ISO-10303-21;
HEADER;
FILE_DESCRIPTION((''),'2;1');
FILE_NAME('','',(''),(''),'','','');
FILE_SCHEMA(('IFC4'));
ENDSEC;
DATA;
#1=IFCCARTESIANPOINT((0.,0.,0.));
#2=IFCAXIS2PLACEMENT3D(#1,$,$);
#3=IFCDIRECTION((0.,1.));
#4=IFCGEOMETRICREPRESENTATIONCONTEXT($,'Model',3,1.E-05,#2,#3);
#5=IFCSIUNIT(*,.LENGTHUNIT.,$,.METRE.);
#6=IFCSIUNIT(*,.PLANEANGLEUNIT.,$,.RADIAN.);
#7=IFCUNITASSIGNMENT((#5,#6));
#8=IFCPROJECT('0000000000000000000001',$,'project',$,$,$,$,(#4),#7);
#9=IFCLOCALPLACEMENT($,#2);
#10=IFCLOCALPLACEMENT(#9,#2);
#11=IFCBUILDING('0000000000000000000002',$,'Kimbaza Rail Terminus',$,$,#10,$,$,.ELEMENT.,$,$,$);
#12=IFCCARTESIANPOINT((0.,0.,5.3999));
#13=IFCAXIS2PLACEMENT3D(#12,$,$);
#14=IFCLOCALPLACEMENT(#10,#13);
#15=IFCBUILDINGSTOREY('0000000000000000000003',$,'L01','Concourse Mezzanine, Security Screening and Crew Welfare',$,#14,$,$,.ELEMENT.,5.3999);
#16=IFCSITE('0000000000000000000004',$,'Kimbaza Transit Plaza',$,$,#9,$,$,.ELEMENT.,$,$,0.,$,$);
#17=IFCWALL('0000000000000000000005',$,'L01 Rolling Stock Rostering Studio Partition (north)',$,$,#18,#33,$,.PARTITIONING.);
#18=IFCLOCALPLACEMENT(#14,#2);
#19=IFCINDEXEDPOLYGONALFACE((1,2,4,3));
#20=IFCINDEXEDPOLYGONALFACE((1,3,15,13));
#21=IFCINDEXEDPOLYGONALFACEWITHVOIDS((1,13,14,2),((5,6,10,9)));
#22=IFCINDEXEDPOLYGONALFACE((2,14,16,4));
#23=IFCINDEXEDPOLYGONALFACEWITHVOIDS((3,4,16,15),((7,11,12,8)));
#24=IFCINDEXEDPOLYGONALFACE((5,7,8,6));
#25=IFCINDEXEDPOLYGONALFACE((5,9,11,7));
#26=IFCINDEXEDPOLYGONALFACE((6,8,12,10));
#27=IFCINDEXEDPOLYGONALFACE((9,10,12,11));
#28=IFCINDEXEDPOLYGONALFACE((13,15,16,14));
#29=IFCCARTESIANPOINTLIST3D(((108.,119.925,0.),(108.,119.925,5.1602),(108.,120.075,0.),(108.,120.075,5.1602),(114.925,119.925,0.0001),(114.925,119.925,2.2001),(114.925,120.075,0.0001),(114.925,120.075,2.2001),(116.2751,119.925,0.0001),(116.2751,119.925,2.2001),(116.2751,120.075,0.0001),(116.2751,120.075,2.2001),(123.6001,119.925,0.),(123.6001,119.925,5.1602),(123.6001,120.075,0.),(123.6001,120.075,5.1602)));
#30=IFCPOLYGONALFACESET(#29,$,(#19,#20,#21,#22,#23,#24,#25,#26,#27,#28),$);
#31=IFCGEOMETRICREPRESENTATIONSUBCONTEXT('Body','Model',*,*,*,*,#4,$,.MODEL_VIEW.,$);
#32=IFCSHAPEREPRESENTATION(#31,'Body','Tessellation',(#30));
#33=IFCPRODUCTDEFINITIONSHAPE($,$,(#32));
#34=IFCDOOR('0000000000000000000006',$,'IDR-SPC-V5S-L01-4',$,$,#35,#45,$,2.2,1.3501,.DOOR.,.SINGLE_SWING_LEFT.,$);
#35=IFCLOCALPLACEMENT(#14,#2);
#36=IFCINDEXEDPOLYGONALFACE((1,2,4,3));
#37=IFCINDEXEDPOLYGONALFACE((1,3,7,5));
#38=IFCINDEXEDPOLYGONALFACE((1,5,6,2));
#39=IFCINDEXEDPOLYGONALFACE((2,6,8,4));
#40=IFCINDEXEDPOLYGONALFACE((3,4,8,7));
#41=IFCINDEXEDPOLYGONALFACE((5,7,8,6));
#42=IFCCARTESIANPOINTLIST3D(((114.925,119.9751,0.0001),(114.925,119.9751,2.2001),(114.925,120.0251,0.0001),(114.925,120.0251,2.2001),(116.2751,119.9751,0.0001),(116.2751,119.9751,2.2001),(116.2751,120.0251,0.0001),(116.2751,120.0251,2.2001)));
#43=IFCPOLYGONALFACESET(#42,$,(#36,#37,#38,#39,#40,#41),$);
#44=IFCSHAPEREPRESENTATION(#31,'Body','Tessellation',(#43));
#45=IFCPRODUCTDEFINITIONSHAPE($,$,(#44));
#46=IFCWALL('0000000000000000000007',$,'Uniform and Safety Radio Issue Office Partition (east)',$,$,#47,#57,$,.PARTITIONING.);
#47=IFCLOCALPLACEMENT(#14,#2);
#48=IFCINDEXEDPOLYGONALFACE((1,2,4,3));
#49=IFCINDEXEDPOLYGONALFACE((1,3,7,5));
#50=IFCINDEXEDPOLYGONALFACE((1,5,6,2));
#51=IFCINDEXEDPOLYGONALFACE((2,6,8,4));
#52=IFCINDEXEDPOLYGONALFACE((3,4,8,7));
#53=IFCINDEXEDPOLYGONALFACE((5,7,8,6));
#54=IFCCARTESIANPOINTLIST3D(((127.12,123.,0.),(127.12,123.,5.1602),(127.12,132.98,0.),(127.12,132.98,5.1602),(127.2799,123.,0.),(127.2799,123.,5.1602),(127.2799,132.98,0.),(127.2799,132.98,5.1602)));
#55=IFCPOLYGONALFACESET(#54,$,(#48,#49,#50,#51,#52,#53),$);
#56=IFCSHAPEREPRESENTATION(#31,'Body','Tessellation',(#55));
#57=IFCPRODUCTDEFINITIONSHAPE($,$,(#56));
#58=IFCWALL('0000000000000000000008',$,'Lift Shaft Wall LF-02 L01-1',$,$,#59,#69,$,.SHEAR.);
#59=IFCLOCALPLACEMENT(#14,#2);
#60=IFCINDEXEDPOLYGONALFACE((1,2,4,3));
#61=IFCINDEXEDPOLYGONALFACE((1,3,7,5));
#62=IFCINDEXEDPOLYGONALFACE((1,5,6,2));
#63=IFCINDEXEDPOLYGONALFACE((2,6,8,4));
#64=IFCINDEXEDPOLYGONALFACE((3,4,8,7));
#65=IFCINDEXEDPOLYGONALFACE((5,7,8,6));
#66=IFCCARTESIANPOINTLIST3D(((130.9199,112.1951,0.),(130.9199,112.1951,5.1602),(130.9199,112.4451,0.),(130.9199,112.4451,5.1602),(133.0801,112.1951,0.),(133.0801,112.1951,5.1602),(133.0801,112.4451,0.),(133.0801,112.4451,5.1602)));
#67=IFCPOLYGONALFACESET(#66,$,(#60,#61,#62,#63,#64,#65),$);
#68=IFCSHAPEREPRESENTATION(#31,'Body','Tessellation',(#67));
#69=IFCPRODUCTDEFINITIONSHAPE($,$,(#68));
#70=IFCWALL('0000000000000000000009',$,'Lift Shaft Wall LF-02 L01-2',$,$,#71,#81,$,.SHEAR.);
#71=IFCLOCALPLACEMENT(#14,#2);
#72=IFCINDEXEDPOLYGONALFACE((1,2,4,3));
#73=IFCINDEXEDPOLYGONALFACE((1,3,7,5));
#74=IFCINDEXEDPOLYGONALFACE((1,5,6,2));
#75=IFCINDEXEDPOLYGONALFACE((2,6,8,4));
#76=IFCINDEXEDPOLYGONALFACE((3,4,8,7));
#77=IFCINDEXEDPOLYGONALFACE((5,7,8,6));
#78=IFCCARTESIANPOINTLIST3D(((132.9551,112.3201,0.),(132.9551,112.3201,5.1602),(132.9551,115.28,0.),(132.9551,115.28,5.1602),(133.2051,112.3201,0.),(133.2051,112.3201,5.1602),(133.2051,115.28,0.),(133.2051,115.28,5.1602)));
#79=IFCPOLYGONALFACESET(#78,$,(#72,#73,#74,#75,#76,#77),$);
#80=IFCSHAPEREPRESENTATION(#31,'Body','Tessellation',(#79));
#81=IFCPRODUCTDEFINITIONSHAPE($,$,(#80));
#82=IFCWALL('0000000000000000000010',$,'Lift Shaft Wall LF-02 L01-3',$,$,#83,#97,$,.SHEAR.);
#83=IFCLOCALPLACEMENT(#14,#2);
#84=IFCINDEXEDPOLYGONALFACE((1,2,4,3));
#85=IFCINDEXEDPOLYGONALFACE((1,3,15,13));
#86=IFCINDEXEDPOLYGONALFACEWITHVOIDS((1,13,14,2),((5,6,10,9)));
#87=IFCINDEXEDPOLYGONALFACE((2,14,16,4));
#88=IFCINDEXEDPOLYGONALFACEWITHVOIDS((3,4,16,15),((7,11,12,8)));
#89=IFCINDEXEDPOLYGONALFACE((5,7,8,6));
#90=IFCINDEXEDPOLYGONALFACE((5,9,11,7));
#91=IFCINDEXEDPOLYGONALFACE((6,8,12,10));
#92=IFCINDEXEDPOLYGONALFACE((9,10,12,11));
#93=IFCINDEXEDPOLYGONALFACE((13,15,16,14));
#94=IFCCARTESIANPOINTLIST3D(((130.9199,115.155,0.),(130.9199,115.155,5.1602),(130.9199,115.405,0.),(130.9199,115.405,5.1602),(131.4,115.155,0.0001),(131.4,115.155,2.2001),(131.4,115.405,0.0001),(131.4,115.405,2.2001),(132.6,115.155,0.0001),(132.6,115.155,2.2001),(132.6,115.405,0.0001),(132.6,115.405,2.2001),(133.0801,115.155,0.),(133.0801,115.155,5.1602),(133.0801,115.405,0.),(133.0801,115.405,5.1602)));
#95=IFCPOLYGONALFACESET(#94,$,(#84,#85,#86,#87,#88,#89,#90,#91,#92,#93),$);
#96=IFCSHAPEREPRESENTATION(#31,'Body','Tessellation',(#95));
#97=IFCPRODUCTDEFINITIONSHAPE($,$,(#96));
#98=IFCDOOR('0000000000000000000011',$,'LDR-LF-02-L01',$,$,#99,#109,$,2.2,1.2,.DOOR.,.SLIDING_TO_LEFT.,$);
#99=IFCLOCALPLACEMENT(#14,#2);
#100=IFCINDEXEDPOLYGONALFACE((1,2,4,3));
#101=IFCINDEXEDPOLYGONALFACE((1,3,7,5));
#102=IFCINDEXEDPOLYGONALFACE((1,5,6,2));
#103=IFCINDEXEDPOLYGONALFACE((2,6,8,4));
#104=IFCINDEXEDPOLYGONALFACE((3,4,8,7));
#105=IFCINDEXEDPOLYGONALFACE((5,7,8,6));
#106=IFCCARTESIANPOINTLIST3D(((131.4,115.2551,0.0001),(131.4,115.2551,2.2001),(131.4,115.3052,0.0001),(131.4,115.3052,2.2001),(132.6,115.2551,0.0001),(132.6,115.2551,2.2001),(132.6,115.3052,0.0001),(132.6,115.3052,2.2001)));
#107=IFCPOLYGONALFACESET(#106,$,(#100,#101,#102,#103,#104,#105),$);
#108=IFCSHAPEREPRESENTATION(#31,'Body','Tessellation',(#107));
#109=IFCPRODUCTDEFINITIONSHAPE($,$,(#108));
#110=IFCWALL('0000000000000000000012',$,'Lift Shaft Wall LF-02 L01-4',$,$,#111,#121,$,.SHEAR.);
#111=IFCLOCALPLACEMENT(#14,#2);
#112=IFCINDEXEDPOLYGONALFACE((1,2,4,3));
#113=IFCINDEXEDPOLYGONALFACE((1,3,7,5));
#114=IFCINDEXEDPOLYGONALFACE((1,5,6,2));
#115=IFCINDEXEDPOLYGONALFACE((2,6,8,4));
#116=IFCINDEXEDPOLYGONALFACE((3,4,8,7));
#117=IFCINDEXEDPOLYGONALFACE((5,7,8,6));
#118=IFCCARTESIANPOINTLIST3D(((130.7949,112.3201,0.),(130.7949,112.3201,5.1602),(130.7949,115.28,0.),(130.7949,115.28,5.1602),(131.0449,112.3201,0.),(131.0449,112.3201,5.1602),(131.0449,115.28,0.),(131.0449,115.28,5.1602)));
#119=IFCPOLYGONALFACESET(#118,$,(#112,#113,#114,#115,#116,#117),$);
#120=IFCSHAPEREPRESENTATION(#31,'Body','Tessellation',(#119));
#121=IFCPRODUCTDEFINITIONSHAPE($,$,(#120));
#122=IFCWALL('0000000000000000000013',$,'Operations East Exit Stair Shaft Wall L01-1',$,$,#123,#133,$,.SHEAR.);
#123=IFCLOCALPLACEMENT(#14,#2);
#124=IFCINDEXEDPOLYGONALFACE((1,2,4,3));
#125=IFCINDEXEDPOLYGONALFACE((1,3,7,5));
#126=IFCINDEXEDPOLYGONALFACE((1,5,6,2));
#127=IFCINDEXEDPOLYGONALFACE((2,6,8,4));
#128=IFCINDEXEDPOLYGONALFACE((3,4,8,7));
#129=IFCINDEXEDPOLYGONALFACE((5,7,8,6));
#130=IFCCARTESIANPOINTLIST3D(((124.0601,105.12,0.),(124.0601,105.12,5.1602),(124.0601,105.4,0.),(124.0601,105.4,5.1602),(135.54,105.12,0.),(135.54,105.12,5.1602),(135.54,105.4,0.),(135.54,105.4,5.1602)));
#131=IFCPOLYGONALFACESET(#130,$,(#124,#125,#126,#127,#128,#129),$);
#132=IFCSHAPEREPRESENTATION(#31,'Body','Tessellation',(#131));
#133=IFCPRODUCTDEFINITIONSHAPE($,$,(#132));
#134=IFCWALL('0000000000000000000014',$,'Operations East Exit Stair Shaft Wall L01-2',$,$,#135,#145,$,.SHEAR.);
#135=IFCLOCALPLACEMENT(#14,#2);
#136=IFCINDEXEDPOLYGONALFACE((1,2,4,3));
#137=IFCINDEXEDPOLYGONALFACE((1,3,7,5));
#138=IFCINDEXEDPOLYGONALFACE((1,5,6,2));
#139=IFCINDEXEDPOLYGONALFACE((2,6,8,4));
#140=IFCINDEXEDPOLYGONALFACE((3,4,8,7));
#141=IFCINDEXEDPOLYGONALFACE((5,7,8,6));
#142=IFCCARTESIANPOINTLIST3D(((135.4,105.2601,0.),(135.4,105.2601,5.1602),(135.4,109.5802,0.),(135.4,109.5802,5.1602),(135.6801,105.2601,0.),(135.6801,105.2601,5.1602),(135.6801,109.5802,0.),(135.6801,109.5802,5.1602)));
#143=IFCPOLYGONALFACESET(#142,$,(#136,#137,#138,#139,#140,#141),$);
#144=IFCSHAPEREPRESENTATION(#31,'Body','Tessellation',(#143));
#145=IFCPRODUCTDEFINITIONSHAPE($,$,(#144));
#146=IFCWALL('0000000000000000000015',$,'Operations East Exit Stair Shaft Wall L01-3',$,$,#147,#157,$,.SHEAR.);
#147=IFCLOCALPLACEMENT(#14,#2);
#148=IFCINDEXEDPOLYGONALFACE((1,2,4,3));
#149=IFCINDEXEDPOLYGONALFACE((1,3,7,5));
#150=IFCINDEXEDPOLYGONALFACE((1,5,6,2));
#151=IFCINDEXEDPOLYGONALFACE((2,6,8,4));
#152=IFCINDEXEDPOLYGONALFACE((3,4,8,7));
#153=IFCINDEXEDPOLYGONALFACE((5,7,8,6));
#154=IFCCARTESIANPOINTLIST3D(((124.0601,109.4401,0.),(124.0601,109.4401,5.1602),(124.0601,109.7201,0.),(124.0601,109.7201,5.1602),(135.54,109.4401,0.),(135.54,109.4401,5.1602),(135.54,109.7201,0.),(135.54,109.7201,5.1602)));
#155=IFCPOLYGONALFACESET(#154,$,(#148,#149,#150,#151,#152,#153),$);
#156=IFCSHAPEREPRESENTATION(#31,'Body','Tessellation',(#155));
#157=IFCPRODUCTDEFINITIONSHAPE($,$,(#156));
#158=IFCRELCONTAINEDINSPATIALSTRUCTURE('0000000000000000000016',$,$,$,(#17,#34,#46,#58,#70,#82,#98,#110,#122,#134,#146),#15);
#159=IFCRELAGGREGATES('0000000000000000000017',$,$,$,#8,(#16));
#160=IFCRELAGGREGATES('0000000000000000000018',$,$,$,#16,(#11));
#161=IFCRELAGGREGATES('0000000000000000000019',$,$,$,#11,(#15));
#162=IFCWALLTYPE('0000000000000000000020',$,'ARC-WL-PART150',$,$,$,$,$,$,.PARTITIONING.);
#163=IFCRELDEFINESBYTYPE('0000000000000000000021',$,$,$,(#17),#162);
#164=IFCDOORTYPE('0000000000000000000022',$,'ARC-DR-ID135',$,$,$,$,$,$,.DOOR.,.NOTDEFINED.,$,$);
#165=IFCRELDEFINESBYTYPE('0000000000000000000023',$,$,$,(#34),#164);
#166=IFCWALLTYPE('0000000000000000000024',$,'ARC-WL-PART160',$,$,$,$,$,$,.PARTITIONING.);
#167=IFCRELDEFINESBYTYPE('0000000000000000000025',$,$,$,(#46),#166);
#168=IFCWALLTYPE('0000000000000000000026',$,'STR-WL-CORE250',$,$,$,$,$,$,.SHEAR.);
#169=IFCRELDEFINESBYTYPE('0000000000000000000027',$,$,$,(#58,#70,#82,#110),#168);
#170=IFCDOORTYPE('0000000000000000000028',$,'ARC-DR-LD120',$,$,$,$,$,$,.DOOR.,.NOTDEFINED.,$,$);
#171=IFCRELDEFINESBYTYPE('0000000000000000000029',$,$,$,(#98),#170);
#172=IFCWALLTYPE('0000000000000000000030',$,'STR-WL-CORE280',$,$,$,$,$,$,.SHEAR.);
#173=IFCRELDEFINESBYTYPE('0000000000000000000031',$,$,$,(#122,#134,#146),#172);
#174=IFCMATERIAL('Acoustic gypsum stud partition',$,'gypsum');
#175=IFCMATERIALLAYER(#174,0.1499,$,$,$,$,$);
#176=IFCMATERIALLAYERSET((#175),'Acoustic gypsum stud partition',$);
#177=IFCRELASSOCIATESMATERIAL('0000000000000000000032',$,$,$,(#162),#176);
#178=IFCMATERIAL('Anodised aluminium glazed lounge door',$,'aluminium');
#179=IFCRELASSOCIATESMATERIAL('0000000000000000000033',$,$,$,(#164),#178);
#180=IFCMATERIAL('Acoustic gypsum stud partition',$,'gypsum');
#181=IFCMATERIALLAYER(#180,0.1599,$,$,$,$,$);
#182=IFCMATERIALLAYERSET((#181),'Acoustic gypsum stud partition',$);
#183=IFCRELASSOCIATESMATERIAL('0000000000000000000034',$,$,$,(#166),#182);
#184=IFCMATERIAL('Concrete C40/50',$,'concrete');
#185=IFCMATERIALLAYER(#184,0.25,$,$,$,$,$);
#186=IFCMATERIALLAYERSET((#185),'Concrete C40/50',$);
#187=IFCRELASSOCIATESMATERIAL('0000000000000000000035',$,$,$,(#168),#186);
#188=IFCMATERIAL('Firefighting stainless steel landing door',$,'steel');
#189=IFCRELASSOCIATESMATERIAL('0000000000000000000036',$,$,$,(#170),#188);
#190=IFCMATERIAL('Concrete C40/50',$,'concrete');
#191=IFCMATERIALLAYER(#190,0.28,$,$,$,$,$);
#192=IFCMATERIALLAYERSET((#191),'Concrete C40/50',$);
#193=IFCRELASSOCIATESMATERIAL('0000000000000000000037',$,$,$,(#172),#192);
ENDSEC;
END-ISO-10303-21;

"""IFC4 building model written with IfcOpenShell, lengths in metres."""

from ifc_helpers import new_model, si_unit, direction, frame, frame_2d, origin, place, context, subcontext, project, spatial, rectangle, extrude, material, layer, layer_set, type_object, element, fill, save


model = new_model("IFC4")

# Units and contexts
model_context = context("Model", 3, precision=1e-05, world=origin(), true_north=direction((0.0, 1.0)))
body_context = subcontext(model_context, "Body", "Model", "MODEL_VIEW")
ifc_project = project(units=[si_unit("LENGTHUNIT", "METRE"), si_unit("PLANEANGLEUNIT", "RADIAN")], contexts=[model_context])

# Site, building, storey
site_placement = place(None, origin())
site = spatial("IfcSite", under=ifc_project, at=site_placement, Name="Kimbaza Transit Plaza", CompositionType="ELEMENT", RefElevation=0.0)
building_placement = place(site_placement, origin())
building = spatial("IfcBuilding", under=site, at=building_placement, Name="Kimbaza Rail Terminus", CompositionType="ELEMENT")
storey_placement = place(building_placement, frame((0.0, 0.0, 5.3999)))
storey = spatial("IfcBuildingStorey", under=building, at=storey_placement, Name="L01", Description="Concourse Mezzanine, Security Screening and Crew Welfare", CompositionType="ELEMENT", Elevation=5.3999)

# Shared definitions
ifc_material_1 = material(Name="Acoustic gypsum stud partition", Category="gypsum")
ifc_layer_1 = layer(ifc_material_1, 0.1499)
ifc_layer_set_1 = layer_set([ifc_layer_1], Name="Acoustic gypsum stud partition")
wall_type_1 = type_object("IfcWallType", Name="ARC-WL-PART150", PredefinedType="PARTITIONING", material=ifc_layer_set_1)

# Wall, opening, door
wall_1_placement = place(storey_placement, frame((123.6001, 120.0, 0.0), z_axis=(0.0, 0.0, 1.0), x_axis=(-1.0, 0.0, 0.0)))
wall_1 = element("IfcWall", 1, at=wall_1_placement, inside=storey, type_object=wall_type_1, Name="L01 Rolling Stock Rostering Studio Partition (north)", PredefinedType="PARTITIONING", context=body_context, shape_type="SweptSolid", body=[
    extrude(rectangle(XDim=15.6001, YDim=0.1499, at=frame_2d((7.8, 0.0))), origin(), (0.0, 0.0, 1.0), 5.1602),
])
opening_1_placement = place(wall_1_placement, frame((7.325, 0.0, 0.0)))
opening_1 = element("IfcOpeningElement", 2, at=opening_1_placement, cuts=wall_1, PredefinedType="OPENING", context=body_context, shape_type="SweptSolid", body=[
    extrude(rectangle(XDim=1.3501, YDim=2.2, at=frame_2d((0.675, 1.1001))), frame((0.0, 0.085, 0.0), z_axis=(0.0, -1.0, 0.0), x_axis=(1.0, 0.0, 0.0)), (0.0, 0.0, 1.0), 0.1699),
])
ifc_material_2 = material(Name="Anodised aluminium glazed lounge door", Category="aluminium")
door_type_1 = type_object("IfcDoorType", Name="ARC-DR-ID135", OperationType="NOTDEFINED", PredefinedType="DOOR", material=ifc_material_2)
door_1_placement = place(opening_1_placement, origin())
door_1 = element("IfcDoor", 3, at=door_1_placement, inside=storey, type_object=door_type_1, Name="IDR-SPC-V5S-L01-4", OperationType="SINGLE_SWING_LEFT", OverallHeight=2.2, OverallWidth=1.3501, PredefinedType="DOOR", context=body_context, shape_type="SweptSolid", body=[
    extrude(rectangle(XDim=1.3501, YDim=2.2, at=frame_2d((0.675, 1.1001))), frame((0.0, 0.0249, 0.0), z_axis=(0.0, -1.0, 0.0), x_axis=(1.0, 0.0, 0.0)), (0.0, 0.0, 1.0), 0.05),
])
fill(opening_1, door_1)

# Walls
ifc_material_3 = material(Name="Acoustic gypsum stud partition", Category="gypsum")
ifc_layer_2 = layer(ifc_material_3, 0.1599)
ifc_layer_set_2 = layer_set([ifc_layer_2], Name="Acoustic gypsum stud partition")
wall_type_2 = type_object("IfcWallType", Name="ARC-WL-PART160", PredefinedType="PARTITIONING", material=ifc_layer_set_2)
wall_2_placement = place(storey_placement, frame((127.2, 123.0, 0.0), z_axis=(0.0, 0.0, 1.0), x_axis=(0.0, 1.0, 0.0)))
element("IfcWall", 4, at=wall_2_placement, inside=storey, type_object=wall_type_2, Name="Uniform and Safety Radio Issue Office Partition (east)", PredefinedType="PARTITIONING", context=body_context, shape_type="SweptSolid", body=[
    extrude(rectangle(XDim=9.98, YDim=0.1599, at=frame_2d((4.99, 0.0))), origin(), (0.0, 0.0, 1.0), 5.1602),
])
ifc_material_4 = material(Name="Concrete C40/50", Category="concrete")
ifc_layer_3 = layer(ifc_material_4, 0.25)
ifc_layer_set_3 = layer_set([ifc_layer_3], Name="Concrete C40/50")
wall_type_3 = type_object("IfcWallType", Name="STR-WL-CORE250", PredefinedType="SHEAR", material=ifc_layer_set_3)
wall_3_placement = place(storey_placement, frame((130.9199, 112.3201, 0.0), z_axis=(0.0, 0.0, 1.0), x_axis=(1.0, 0.0, 0.0)))
element("IfcWall", 5, at=wall_3_placement, inside=storey, type_object=wall_type_3, Name="Lift Shaft Wall LF-02 L01-1", PredefinedType="SHEAR", context=body_context, shape_type="SweptSolid", body=[
    extrude(rectangle(XDim=2.1602, YDim=0.25, at=frame_2d((1.0801, 0.0))), origin(), (0.0, 0.0, 1.0), 5.1602),
])
wall_4_placement = place(storey_placement, frame((133.0801, 112.3201, 0.0), z_axis=(0.0, 0.0, 1.0), x_axis=(0.0, 1.0, 0.0)))
element("IfcWall", 6, at=wall_4_placement, inside=storey, type_object=wall_type_3, Name="Lift Shaft Wall LF-02 L01-2", PredefinedType="SHEAR", context=body_context, shape_type="SweptSolid", body=[
    extrude(rectangle(XDim=2.96, YDim=0.25, at=frame_2d((1.48, 0.0))), origin(), (0.0, 0.0, 1.0), 5.1602),
])

# Wall, opening, door
wall_5_placement = place(storey_placement, frame((133.0801, 115.28, 0.0), z_axis=(0.0, 0.0, 1.0), x_axis=(-1.0, 0.0, 0.0)))
wall_5 = element("IfcWall", 7, at=wall_5_placement, inside=storey, type_object=wall_type_3, Name="Lift Shaft Wall LF-02 L01-3", PredefinedType="SHEAR", context=body_context, shape_type="SweptSolid", body=[
    extrude(rectangle(XDim=2.1602, YDim=0.25, at=frame_2d((1.0801, 0.0))), origin(), (0.0, 0.0, 1.0), 5.1602),
])
opening_2_placement = place(wall_5_placement, frame((0.48, 0.0, 0.0)))
opening_2 = element("IfcOpeningElement", 8, at=opening_2_placement, cuts=wall_5, PredefinedType="OPENING", context=body_context, shape_type="SweptSolid", body=[
    extrude(rectangle(XDim=1.2, YDim=2.2, at=frame_2d((0.6001, 1.1001))), frame((0.0, 0.135, 0.0), z_axis=(0.0, -1.0, 0.0), x_axis=(1.0, 0.0, 0.0)), (0.0, 0.0, 1.0), 0.27),
])
ifc_material_5 = material(Name="Firefighting stainless steel landing door", Category="steel")
door_type_2 = type_object("IfcDoorType", Name="ARC-DR-LD120", OperationType="NOTDEFINED", PredefinedType="DOOR", material=ifc_material_5)
door_2_placement = place(opening_2_placement, origin())
door_2 = element("IfcDoor", 9, at=door_2_placement, inside=storey, type_object=door_type_2, Name="LDR-LF-02-L01", OperationType="SLIDING_TO_LEFT", OverallHeight=2.2, OverallWidth=1.2, PredefinedType="DOOR", context=body_context, shape_type="SweptSolid", body=[
    extrude(rectangle(XDim=1.2, YDim=2.2, at=frame_2d((0.6001, 1.1001))), frame((0.0, 0.0249, 0.0), z_axis=(0.0, -1.0, 0.0), x_axis=(1.0, 0.0, 0.0)), (0.0, 0.0, 1.0), 0.05),
])
fill(opening_2, door_2)

# Walls
wall_6_placement = place(storey_placement, frame((130.9199, 115.28, 0.0), z_axis=(0.0, 0.0, 1.0), x_axis=(0.0, -1.0, 0.0)))
element("IfcWall", 10, at=wall_6_placement, inside=storey, type_object=wall_type_3, Name="Lift Shaft Wall LF-02 L01-4", PredefinedType="SHEAR", context=body_context, shape_type="SweptSolid", body=[
    extrude(rectangle(XDim=2.96, YDim=0.25, at=frame_2d((1.48, 0.0))), origin(), (0.0, 0.0, 1.0), 5.1602),
])
ifc_material_6 = material(Name="Concrete C40/50", Category="concrete")
ifc_layer_4 = layer(ifc_material_6, 0.28)
ifc_layer_set_4 = layer_set([ifc_layer_4], Name="Concrete C40/50")
wall_type_4 = type_object("IfcWallType", Name="STR-WL-CORE280", PredefinedType="SHEAR", material=ifc_layer_set_4)
wall_7_placement = place(storey_placement, frame((124.0601, 105.26, 0.0), z_axis=(0.0, 0.0, 1.0), x_axis=(1.0, 0.0, 0.0)))
element("IfcWall", 11, at=wall_7_placement, inside=storey, type_object=wall_type_4, Name="Operations East Exit Stair Shaft Wall L01-1", PredefinedType="SHEAR", context=body_context, shape_type="SweptSolid", body=[
    extrude(rectangle(XDim=11.48, YDim=0.28, at=frame_2d((5.74, 0.0))), origin(), (0.0, 0.0, 1.0), 5.1602),
])
wall_8_placement = place(storey_placement, frame((135.54, 105.26, 0.0), z_axis=(0.0, 0.0, 1.0), x_axis=(0.0, 1.0, 0.0)))
element("IfcWall", 12, at=wall_8_placement, inside=storey, type_object=wall_type_4, Name="Operations East Exit Stair Shaft Wall L01-2", PredefinedType="SHEAR", context=body_context, shape_type="SweptSolid", body=[
    extrude(rectangle(XDim=4.3201, YDim=0.28, at=frame_2d((2.1602, 0.0))), origin(), (0.0, 0.0, 1.0), 5.1602),
])
wall_9_placement = place(storey_placement, frame((135.54, 109.5801, 0.0), z_axis=(0.0, 0.0, 1.0), x_axis=(-1.0, 0.0, 0.0)))
element("IfcWall", 13, at=wall_9_placement, inside=storey, type_object=wall_type_4, Name="Operations East Exit Stair Shaft Wall L01-3", PredefinedType="SHEAR", context=body_context, shape_type="SweptSolid", body=[
    extrude(rectangle(XDim=11.48, YDim=0.28, at=frame_2d((5.74, 0.0))), origin(), (0.0, 0.0, 1.0), 5.1602),
])

save(model, "model.ifc")
